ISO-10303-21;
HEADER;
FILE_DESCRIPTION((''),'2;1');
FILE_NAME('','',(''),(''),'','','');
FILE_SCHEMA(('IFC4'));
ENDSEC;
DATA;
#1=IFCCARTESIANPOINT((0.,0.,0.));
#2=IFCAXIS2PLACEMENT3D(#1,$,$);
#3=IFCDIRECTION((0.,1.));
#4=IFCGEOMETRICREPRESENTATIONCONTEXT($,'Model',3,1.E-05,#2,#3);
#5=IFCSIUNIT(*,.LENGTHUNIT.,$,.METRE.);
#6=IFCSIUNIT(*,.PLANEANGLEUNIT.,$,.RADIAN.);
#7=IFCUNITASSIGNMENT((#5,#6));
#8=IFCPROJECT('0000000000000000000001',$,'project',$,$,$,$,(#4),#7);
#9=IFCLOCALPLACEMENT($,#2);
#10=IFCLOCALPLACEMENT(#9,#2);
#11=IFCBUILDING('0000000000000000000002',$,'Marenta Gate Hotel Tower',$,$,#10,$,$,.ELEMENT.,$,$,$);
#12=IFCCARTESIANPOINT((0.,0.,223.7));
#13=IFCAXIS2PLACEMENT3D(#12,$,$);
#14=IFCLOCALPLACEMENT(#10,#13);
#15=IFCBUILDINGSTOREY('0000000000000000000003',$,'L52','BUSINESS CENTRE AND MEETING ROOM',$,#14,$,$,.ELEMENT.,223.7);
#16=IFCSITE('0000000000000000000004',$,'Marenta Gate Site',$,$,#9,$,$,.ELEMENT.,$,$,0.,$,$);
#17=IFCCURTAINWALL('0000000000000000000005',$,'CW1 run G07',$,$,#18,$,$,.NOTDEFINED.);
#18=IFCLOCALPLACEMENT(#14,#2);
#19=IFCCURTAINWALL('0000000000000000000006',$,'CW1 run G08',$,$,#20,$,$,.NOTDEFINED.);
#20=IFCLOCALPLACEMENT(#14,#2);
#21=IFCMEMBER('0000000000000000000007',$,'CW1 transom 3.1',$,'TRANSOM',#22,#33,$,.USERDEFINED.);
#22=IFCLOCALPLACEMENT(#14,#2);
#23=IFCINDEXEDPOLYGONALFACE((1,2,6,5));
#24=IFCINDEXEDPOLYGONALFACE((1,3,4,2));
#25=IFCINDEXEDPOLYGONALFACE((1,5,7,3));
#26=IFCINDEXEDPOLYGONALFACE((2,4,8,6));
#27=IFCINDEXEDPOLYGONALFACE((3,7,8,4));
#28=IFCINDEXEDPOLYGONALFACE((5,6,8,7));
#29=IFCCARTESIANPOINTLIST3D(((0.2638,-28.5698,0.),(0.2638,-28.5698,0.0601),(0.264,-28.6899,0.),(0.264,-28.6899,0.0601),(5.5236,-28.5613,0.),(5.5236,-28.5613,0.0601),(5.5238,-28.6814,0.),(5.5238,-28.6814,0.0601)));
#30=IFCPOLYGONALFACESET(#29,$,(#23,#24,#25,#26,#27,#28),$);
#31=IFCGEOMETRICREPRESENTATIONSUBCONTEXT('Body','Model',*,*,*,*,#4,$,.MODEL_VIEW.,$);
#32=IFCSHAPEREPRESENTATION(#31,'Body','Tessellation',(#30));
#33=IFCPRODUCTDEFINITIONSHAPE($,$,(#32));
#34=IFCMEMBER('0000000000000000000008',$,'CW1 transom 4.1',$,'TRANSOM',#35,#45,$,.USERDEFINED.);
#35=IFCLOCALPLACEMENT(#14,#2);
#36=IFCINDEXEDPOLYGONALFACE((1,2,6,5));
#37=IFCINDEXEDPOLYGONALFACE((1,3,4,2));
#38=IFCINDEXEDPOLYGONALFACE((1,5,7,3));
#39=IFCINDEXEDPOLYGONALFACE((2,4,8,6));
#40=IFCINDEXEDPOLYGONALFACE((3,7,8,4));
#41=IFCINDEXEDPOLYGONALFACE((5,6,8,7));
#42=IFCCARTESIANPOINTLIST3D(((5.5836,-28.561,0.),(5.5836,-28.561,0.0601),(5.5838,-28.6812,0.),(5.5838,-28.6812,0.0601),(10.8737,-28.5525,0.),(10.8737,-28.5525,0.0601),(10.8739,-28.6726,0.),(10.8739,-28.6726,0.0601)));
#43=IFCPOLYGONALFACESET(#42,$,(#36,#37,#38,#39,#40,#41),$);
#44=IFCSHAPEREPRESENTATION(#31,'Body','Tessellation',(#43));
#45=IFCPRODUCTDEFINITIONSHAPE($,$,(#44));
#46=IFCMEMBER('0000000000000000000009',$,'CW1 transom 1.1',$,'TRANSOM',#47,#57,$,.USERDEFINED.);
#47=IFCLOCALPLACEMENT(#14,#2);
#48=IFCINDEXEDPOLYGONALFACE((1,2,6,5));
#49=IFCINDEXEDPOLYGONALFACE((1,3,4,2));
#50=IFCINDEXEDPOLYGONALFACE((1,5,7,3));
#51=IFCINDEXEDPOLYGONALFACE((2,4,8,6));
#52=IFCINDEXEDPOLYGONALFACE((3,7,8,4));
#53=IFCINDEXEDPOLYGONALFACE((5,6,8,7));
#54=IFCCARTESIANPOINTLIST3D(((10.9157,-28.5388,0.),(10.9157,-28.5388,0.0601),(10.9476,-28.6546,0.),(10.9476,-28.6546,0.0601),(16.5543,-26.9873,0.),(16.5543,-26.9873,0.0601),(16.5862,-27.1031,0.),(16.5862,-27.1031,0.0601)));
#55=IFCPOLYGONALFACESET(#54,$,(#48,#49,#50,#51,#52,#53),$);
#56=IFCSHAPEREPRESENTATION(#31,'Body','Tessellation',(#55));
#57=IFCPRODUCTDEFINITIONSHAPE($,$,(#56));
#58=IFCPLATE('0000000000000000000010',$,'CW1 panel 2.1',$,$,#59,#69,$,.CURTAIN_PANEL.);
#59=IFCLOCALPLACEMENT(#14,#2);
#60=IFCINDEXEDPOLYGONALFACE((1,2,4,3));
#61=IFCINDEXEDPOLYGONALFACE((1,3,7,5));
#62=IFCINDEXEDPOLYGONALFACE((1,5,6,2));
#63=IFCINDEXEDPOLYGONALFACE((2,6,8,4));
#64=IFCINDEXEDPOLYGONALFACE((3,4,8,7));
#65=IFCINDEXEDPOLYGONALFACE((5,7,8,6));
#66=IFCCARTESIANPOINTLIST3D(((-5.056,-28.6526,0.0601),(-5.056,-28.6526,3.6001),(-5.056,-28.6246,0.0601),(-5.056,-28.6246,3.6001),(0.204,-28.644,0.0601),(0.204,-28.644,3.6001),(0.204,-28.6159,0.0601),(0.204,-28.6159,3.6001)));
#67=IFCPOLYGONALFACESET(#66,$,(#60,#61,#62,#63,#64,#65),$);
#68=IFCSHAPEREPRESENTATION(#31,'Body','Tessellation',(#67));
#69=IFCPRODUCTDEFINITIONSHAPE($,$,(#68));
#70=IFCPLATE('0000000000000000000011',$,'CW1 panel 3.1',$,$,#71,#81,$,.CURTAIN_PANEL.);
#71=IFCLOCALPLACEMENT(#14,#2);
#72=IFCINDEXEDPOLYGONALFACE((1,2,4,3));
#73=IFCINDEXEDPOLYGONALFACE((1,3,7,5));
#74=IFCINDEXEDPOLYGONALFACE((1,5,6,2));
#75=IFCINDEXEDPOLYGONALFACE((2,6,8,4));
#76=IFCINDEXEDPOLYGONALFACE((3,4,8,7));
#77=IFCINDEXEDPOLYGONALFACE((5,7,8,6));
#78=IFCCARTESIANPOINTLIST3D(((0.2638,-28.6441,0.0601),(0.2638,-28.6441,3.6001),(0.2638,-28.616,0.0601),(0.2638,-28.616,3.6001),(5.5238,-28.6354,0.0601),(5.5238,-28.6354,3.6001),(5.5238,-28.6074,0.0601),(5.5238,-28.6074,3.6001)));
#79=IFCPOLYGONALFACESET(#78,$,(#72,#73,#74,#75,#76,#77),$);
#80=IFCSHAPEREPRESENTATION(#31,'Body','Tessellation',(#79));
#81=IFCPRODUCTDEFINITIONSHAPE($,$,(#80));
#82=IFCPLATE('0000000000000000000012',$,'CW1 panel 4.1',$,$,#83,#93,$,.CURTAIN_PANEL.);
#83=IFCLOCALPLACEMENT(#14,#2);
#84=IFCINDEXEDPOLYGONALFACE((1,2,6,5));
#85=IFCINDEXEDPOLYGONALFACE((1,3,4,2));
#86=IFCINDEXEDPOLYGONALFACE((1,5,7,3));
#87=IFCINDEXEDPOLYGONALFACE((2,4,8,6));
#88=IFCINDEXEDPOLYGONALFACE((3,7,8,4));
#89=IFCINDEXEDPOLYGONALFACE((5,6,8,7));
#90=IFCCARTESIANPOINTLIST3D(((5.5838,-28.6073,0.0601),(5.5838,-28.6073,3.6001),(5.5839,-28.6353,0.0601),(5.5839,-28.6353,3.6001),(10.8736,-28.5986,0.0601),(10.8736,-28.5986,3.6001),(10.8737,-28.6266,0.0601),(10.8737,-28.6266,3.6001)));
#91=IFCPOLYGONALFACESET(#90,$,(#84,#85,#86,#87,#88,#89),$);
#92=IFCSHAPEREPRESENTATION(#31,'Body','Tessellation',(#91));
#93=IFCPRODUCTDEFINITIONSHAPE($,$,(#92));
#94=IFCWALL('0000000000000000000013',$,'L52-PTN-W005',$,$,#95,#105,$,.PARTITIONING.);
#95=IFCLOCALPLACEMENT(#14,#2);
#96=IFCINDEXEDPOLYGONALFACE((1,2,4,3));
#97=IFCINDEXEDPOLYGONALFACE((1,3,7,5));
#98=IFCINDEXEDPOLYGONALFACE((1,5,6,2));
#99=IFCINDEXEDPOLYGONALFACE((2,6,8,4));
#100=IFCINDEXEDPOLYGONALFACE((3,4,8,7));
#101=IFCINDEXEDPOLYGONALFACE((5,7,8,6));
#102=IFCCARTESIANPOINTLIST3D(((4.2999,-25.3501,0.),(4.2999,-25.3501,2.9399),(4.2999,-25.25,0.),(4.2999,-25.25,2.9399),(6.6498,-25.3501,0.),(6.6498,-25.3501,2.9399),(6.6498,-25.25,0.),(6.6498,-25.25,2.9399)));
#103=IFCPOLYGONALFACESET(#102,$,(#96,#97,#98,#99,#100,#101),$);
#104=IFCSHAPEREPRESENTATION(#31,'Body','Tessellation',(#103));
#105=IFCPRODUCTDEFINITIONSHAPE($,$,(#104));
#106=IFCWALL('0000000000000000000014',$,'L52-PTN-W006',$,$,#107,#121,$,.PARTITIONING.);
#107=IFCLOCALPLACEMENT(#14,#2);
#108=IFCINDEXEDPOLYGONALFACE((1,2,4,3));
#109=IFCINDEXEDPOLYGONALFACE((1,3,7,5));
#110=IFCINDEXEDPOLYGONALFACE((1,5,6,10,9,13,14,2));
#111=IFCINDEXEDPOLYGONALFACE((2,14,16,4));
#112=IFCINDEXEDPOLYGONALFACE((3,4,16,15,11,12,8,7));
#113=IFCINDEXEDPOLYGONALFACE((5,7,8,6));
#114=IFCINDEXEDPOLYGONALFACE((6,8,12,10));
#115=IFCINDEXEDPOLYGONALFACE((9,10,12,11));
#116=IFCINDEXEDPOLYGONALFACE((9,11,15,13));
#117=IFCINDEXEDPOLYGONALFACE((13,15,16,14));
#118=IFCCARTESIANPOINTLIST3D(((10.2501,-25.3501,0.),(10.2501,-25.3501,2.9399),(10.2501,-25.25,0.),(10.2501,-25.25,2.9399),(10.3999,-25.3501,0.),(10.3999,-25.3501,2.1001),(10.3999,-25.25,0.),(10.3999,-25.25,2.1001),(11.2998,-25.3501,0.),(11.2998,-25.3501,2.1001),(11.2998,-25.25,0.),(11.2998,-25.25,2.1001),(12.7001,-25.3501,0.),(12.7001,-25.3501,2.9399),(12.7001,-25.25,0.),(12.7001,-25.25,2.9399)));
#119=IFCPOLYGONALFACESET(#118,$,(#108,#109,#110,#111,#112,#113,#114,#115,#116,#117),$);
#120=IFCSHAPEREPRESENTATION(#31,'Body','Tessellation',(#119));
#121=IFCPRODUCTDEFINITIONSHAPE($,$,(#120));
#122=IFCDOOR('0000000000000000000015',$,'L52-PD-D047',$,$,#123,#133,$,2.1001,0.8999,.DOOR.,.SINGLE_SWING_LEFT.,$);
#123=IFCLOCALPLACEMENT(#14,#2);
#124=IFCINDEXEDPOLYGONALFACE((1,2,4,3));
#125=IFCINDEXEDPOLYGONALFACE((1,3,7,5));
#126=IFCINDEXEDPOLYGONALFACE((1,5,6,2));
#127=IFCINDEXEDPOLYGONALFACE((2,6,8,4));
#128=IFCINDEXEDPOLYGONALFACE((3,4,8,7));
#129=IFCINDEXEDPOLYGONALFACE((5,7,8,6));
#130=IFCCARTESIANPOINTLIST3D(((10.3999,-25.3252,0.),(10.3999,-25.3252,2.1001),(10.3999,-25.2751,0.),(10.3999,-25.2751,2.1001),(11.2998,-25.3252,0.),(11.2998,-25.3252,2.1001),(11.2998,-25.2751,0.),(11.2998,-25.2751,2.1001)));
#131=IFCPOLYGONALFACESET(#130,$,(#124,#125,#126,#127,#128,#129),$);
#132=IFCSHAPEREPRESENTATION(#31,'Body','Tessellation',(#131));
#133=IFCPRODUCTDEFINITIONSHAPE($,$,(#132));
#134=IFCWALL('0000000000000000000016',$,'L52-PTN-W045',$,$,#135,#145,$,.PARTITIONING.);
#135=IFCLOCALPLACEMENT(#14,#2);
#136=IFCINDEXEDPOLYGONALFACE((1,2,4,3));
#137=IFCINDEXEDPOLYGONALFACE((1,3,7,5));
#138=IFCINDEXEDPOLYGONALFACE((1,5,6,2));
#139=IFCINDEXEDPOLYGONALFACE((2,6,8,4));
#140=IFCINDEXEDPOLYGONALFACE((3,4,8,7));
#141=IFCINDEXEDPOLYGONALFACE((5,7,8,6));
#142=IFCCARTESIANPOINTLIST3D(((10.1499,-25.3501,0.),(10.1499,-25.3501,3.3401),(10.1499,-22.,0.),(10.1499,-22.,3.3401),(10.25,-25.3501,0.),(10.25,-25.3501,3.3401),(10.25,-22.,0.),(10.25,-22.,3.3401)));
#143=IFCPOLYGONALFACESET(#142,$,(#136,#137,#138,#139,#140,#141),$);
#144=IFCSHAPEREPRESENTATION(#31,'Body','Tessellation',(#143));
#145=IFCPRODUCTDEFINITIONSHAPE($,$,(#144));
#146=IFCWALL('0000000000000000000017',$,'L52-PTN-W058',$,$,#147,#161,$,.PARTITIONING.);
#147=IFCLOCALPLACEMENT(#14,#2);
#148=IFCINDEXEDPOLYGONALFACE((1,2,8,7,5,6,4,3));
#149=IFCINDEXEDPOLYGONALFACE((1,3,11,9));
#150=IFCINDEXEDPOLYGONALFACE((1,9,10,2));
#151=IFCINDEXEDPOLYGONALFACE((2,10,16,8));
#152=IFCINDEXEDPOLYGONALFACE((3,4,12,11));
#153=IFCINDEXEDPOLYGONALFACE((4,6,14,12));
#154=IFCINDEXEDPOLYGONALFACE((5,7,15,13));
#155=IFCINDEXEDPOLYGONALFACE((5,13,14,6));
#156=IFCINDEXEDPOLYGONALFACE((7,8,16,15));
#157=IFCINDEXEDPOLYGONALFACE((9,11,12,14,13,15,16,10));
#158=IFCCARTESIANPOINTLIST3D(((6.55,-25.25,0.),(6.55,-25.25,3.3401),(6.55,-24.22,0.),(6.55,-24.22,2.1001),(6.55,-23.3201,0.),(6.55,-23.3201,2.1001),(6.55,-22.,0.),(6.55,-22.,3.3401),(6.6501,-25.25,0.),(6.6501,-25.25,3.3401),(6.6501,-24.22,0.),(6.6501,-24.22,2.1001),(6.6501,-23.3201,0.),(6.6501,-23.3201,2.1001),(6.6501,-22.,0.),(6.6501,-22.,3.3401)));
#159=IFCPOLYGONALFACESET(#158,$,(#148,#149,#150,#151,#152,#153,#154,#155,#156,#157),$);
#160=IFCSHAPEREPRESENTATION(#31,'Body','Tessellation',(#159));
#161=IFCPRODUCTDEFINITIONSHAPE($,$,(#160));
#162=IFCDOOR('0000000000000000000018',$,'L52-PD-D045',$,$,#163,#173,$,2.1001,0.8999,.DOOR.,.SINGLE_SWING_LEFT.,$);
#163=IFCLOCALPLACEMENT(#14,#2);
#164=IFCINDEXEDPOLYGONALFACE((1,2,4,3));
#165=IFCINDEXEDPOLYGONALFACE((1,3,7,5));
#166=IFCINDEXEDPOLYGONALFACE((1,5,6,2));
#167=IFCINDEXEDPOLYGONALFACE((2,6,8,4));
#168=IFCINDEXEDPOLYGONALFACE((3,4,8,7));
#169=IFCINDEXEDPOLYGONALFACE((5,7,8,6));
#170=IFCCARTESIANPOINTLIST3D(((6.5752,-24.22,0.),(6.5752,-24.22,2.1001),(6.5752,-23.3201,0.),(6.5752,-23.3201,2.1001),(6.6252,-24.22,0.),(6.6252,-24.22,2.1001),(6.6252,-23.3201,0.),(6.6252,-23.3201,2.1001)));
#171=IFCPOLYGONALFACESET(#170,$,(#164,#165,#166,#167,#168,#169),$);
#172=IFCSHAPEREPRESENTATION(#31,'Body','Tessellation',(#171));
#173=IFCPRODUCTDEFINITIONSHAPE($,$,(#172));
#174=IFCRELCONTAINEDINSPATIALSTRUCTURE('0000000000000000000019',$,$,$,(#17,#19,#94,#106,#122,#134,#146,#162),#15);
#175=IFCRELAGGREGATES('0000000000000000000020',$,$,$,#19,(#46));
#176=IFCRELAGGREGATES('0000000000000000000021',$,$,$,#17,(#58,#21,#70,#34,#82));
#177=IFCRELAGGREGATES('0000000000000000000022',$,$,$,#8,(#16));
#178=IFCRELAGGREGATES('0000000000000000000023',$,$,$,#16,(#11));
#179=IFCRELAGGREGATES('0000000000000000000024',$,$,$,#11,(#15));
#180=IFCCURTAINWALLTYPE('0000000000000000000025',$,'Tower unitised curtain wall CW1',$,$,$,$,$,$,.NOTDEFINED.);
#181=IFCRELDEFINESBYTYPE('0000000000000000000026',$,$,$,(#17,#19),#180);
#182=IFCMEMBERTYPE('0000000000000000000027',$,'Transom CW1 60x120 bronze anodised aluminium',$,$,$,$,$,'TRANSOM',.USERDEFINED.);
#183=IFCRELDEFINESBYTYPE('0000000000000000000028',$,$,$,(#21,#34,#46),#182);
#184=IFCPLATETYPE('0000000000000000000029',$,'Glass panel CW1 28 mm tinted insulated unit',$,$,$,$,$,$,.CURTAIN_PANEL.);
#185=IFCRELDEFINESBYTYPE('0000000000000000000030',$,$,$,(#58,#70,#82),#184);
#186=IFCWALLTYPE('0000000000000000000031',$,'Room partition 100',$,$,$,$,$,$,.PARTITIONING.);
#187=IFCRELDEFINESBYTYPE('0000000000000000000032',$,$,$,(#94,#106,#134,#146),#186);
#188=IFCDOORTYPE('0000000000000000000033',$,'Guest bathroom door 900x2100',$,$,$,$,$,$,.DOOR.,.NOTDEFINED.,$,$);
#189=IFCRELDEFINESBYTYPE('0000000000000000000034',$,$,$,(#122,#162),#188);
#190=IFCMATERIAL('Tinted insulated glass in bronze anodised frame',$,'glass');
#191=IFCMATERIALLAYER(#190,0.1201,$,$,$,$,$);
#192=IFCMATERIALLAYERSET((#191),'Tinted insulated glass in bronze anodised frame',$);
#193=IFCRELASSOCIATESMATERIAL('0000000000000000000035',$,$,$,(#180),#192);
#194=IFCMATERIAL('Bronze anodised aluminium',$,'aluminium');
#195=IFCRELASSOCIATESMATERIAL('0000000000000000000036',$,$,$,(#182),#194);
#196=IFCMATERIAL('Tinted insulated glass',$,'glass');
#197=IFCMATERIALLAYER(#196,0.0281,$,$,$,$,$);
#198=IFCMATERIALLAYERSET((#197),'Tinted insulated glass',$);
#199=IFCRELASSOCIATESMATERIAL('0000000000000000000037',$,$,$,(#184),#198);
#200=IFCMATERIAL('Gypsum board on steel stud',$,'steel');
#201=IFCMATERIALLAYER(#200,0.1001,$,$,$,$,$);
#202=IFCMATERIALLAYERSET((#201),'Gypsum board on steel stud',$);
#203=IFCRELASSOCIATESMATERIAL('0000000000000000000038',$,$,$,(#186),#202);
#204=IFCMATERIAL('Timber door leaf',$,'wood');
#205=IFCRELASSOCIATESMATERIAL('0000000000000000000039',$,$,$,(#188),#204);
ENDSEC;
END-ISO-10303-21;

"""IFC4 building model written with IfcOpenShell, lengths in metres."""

from ifc_helpers import new_model, si_unit, direction, frame, frame_2d, origin, origin_2d, place, context, subcontext, project, spatial, rectangle, extrude, material, layer, layer_set, material_profile, profile_set, type_object, element, fill, aggregate, save


model = new_model("IFC4")

# Units and contexts
model_context = context("Model", 3, precision=1e-05, world=origin(), true_north=direction((0.0, 1.0)))
body_context = subcontext(model_context, "Body", "Model", "MODEL_VIEW")
ifc_project = project(units=[si_unit("LENGTHUNIT", "METRE"), si_unit("PLANEANGLEUNIT", "RADIAN")], contexts=[model_context])

# Site, building, storey
site_placement = place(None, origin())
site = spatial("IfcSite", under=ifc_project, at=site_placement, Name="Marenta Gate Site", CompositionType="ELEMENT", RefElevation=0.0)
building_placement = place(site_placement, origin())
building = spatial("IfcBuilding", under=site, at=building_placement, Name="Marenta Gate Hotel Tower", CompositionType="ELEMENT")
storey_placement = place(building_placement, frame((0.0, 0.0, 223.7)))
storey = spatial("IfcBuildingStorey", under=building, at=storey_placement, Name="L52", Description="BUSINESS CENTRE AND MEETING ROOM", CompositionType="ELEMENT", Elevation=223.7)

# Curtain wall
ifc_material_1 = material(Name="Tinted insulated glass in bronze anodised frame", Category="glass")
ifc_layer_1 = layer(ifc_material_1, 0.1201)
ifc_layer_set_1 = layer_set([ifc_layer_1], Name="Tinted insulated glass in bronze anodised frame")
curtain_wall_type = type_object("IfcCurtainWallType", Name="Tower unitised curtain wall CW1", PredefinedType="NOTDEFINED", material=ifc_layer_set_1)
curtain_wall_1_placement = place(storey_placement, origin())
curtain_wall_1 = element("IfcCurtainWall", 1, at=curtain_wall_1_placement, inside=storey, type_object=curtain_wall_type, Name="CW1 run G07", PredefinedType="NOTDEFINED")

# Curtain wall
curtain_wall_2_placement = place(storey_placement, origin())
curtain_wall_2 = element("IfcCurtainWall", 2, at=curtain_wall_2_placement, inside=storey, type_object=curtain_wall_type, Name="CW1 run G08", PredefinedType="NOTDEFINED")

# Members
ifc_material_2 = material(Name="Bronze anodised aluminium", Category="aluminium")
ifc_material_profile_1 = material_profile(ifc_material_2, rectangle(XDim=0.1201, YDim=0.0601, at=origin_2d()), Name="Transom CW1 60x120 bronze anodised aluminium")
ifc_profile_set_1 = profile_set([ifc_material_profile_1], Name="Bronze anodised aluminium")
member_type_1 = type_object("IfcMemberType", Name="Transom CW1 60x120 bronze anodised aluminium", ElementType="TRANSOM", PredefinedType="USERDEFINED", material=ifc_profile_set_1)
member_1_placement = place(storey_placement, frame((0.2639, -28.6299, 0.03), z_axis=(0.999999, 0.001625, 0.0), x_axis=(-0.001625, 0.999999, 0.0)))
member_1 = element("IfcMember", 3, at=member_1_placement, type_object=member_type_1, Name="CW1 transom 3.1", ObjectType="TRANSOM", PredefinedType="USERDEFINED", context=body_context, shape_type="SweptSolid", body=[
    extrude(rectangle(XDim=0.1201, YDim=0.0601, at=origin_2d()), origin(), (0.0, 0.0, 1.0), 5.2598),
])
member_2_placement = place(storey_placement, frame((5.5837, -28.6211, 0.03), z_axis=(0.999999, 0.001615, 0.0), x_axis=(-0.001615, 0.999999, 0.0)))
member_2 = element("IfcMember", 4, at=member_2_placement, type_object=member_type_1, Name="CW1 transom 4.1", ObjectType="TRANSOM", PredefinedType="USERDEFINED", context=body_context, shape_type="SweptSolid", body=[
    extrude(rectangle(XDim=0.1201, YDim=0.0601, at=origin_2d()), origin(), (0.0, 0.0, 1.0), 5.29),
])
member_3_placement = place(storey_placement, frame((10.9316, -28.5967, 0.03), z_axis=(0.964167, 0.265296, 0.0), x_axis=(-0.265296, 0.964167, 0.0)))
member_3 = element("IfcMember", 5, at=member_3_placement, type_object=member_type_1, Name="CW1 transom 1.1", ObjectType="TRANSOM", PredefinedType="USERDEFINED", context=body_context, shape_type="SweptSolid", body=[
    extrude(rectangle(XDim=0.1201, YDim=0.0601, at=origin_2d()), origin(), (0.0, 0.0, 1.0), 5.8481),
])
aggregate(curtain_wall_2, [member_3])

# Plates
ifc_material_3 = material(Name="Tinted insulated glass", Category="glass")
ifc_layer_2 = layer(ifc_material_3, 0.0281)
ifc_layer_set_2 = layer_set([ifc_layer_2], Name="Tinted insulated glass")
plate_type = type_object("IfcPlateType", Name="Glass panel CW1 28 mm tinted insulated unit", PredefinedType="CURTAIN_PANEL", material=ifc_layer_set_2)
plate_1_placement = place(storey_placement, frame((-2.426, -28.6343, 0.0601), z_axis=(0.0, 0.0, 1.0), x_axis=(0.999999, 0.001645, 0.0)))
plate_1 = element("IfcPlate", 6, at=plate_1_placement, type_object=plate_type, Name="CW1 panel 2.1", PredefinedType="CURTAIN_PANEL", context=body_context, shape_type="SweptSolid", body=[
    extrude(rectangle(XDim=5.26, YDim=0.0281, at=origin_2d()), origin(), (0.0, 0.0, 1.0), 3.54),
])
plate_2_placement = place(storey_placement, frame((2.8938, -28.6257, 0.0601), z_axis=(0.0, 0.0, 1.0), x_axis=(0.999999, 0.001645, 0.0)))
plate_2 = element("IfcPlate", 7, at=plate_2_placement, type_object=plate_type, Name="CW1 panel 3.1", PredefinedType="CURTAIN_PANEL", context=body_context, shape_type="SweptSolid", body=[
    extrude(rectangle(XDim=5.26, YDim=0.0281, at=origin_2d()), origin(), (0.0, 0.0, 1.0), 3.54),
])
plate_3_placement = place(storey_placement, frame((8.2288, -28.6169, 0.0601), z_axis=(0.0, 0.0, 1.0), x_axis=(0.999999, 0.001645, 0.0)))
plate_3 = element("IfcPlate", 8, at=plate_3_placement, type_object=plate_type, Name="CW1 panel 4.1", PredefinedType="CURTAIN_PANEL", context=body_context, shape_type="SweptSolid", body=[
    extrude(rectangle(XDim=5.2898, YDim=0.0281, at=origin_2d()), origin(), (0.0, 0.0, 1.0), 3.54),
])
aggregate(curtain_wall_1, [plate_1, member_1, plate_2, member_2, plate_3])

# Wall
ifc_material_4 = material(Name="Gypsum board on steel stud", Category="steel")
ifc_layer_3 = layer(ifc_material_4, 0.1001)
ifc_layer_set_3 = layer_set([ifc_layer_3], Name="Gypsum board on steel stud")
wall_type_1 = type_object("IfcWallType", Name="Room partition 100", PredefinedType="PARTITIONING", material=ifc_layer_set_3)
wall_1_placement = place(storey_placement, frame((4.3, -25.3, 0.0), z_axis=(0.0, 0.0, 1.0), x_axis=(1.0, 0.0, 0.0)))
element("IfcWall", 9, at=wall_1_placement, inside=storey, type_object=wall_type_1, Name="L52-PTN-W005", PredefinedType="PARTITIONING", context=body_context, shape_type="SweptSolid", body=[
    extrude(rectangle(XDim=2.3499, YDim=0.1001, at=frame_2d((1.1748, 0.0))), origin(), (0.0, 0.0, 1.0), 2.9399),
])

# Wall, opening, door
wall_2_placement = place(storey_placement, frame((10.25, -25.3, 0.0), z_axis=(0.0, 0.0, 1.0), x_axis=(1.0, 0.0, 0.0)))
wall_2 = element("IfcWall", 10, at=wall_2_placement, inside=storey, type_object=wall_type_1, Name="L52-PTN-W006", PredefinedType="PARTITIONING", context=body_context, shape_type="SweptSolid", body=[
    extrude(rectangle(XDim=2.45, YDim=0.1001, at=frame_2d((1.2251, 0.0))), origin(), (0.0, 0.0, 1.0), 2.9399),
])
opening_1_placement = place(wall_2_placement, frame((0.1499, 0.0, 0.0)))
opening_1 = element("IfcOpeningElement", 11, at=opening_1_placement, cuts=wall_2, PredefinedType="OPENING", context=body_context, shape_type="SweptSolid", body=[
    extrude(rectangle(XDim=0.8999, YDim=2.1001, at=frame_2d((0.45, 1.05))), frame((0.0, 0.05, 0.0), z_axis=(0.0, -1.0, 0.0), x_axis=(1.0, 0.0, 0.0)), (0.0, 0.0, 1.0), 0.1001),
])
ifc_material_5 = material(Name="Timber door leaf", Category="wood")
door_type_1 = type_object("IfcDoorType", Name="Guest bathroom door 900x2100", OperationType="NOTDEFINED", PredefinedType="DOOR", material=ifc_material_5)
door_1_placement = place(opening_1_placement, origin())
door_1 = element("IfcDoor", 12, at=door_1_placement, inside=storey, type_object=door_type_1, Name="L52-PD-D047", OperationType="SINGLE_SWING_LEFT", OverallHeight=2.1001, OverallWidth=0.8999, PredefinedType="DOOR", context=body_context, shape_type="SweptSolid", body=[
    extrude(rectangle(XDim=0.8999, YDim=2.1001, at=frame_2d((0.45, 1.05))), frame((0.0, 0.0249, 0.0), z_axis=(0.0, -1.0, 0.0), x_axis=(1.0, 0.0, 0.0)), (0.0, 0.0, 1.0), 0.05),
])
fill(opening_1, door_1)

# Wall
wall_3_placement = place(storey_placement, frame((10.2, -25.3501, 0.0), z_axis=(0.0, 0.0, 1.0), x_axis=(0.0, 1.0, 0.0)))
element("IfcWall", 13, at=wall_3_placement, inside=storey, type_object=wall_type_1, Name="L52-PTN-W045", PredefinedType="PARTITIONING", context=body_context, shape_type="SweptSolid", body=[
    extrude(rectangle(XDim=3.3501, YDim=0.1001, at=frame_2d((1.675, 0.0))), origin(), (0.0, 0.0, 1.0), 3.3401),
])

# Wall, opening, door
wall_4_placement = place(storey_placement, frame((6.6001, -25.25, 0.0), z_axis=(0.0, 0.0, 1.0), x_axis=(0.0, 1.0, 0.0)))
wall_4 = element("IfcWall", 14, at=wall_4_placement, inside=storey, type_object=wall_type_1, Name="L52-PTN-W058", PredefinedType="PARTITIONING", context=body_context, shape_type="SweptSolid", body=[
    extrude(rectangle(XDim=3.25, YDim=0.1001, at=frame_2d((1.625, 0.0))), origin(), (0.0, 0.0, 1.0), 3.3401),
])
opening_2_placement = place(wall_4_placement, frame((1.03, 0.0, 0.0)))
opening_2 = element("IfcOpeningElement", 15, at=opening_2_placement, cuts=wall_4, PredefinedType="OPENING", context=body_context, shape_type="SweptSolid", body=[
    extrude(rectangle(XDim=0.8999, YDim=2.1001, at=frame_2d((0.45, 1.05))), frame((0.0, 0.05, 0.0), z_axis=(0.0, -1.0, 0.0), x_axis=(1.0, 0.0, 0.0)), (0.0, 0.0, 1.0), 0.1001),
])
door_2_placement = place(opening_2_placement, origin())
door_2 = element("IfcDoor", 16, at=door_2_placement, inside=storey, type_object=door_type_1, Name="L52-PD-D045", OperationType="SINGLE_SWING_LEFT", OverallHeight=2.1001, OverallWidth=0.8999, PredefinedType="DOOR", context=body_context, shape_type="SweptSolid", body=[
    extrude(rectangle(XDim=0.8999, YDim=2.1001, at=frame_2d((0.45, 1.05))), frame((0.0, 0.0249, 0.0), z_axis=(0.0, -1.0, 0.0), x_axis=(1.0, 0.0, 0.0)), (0.0, 0.0, 1.0), 0.05),
])
fill(opening_2, door_2)

save(model, "model.ifc")
